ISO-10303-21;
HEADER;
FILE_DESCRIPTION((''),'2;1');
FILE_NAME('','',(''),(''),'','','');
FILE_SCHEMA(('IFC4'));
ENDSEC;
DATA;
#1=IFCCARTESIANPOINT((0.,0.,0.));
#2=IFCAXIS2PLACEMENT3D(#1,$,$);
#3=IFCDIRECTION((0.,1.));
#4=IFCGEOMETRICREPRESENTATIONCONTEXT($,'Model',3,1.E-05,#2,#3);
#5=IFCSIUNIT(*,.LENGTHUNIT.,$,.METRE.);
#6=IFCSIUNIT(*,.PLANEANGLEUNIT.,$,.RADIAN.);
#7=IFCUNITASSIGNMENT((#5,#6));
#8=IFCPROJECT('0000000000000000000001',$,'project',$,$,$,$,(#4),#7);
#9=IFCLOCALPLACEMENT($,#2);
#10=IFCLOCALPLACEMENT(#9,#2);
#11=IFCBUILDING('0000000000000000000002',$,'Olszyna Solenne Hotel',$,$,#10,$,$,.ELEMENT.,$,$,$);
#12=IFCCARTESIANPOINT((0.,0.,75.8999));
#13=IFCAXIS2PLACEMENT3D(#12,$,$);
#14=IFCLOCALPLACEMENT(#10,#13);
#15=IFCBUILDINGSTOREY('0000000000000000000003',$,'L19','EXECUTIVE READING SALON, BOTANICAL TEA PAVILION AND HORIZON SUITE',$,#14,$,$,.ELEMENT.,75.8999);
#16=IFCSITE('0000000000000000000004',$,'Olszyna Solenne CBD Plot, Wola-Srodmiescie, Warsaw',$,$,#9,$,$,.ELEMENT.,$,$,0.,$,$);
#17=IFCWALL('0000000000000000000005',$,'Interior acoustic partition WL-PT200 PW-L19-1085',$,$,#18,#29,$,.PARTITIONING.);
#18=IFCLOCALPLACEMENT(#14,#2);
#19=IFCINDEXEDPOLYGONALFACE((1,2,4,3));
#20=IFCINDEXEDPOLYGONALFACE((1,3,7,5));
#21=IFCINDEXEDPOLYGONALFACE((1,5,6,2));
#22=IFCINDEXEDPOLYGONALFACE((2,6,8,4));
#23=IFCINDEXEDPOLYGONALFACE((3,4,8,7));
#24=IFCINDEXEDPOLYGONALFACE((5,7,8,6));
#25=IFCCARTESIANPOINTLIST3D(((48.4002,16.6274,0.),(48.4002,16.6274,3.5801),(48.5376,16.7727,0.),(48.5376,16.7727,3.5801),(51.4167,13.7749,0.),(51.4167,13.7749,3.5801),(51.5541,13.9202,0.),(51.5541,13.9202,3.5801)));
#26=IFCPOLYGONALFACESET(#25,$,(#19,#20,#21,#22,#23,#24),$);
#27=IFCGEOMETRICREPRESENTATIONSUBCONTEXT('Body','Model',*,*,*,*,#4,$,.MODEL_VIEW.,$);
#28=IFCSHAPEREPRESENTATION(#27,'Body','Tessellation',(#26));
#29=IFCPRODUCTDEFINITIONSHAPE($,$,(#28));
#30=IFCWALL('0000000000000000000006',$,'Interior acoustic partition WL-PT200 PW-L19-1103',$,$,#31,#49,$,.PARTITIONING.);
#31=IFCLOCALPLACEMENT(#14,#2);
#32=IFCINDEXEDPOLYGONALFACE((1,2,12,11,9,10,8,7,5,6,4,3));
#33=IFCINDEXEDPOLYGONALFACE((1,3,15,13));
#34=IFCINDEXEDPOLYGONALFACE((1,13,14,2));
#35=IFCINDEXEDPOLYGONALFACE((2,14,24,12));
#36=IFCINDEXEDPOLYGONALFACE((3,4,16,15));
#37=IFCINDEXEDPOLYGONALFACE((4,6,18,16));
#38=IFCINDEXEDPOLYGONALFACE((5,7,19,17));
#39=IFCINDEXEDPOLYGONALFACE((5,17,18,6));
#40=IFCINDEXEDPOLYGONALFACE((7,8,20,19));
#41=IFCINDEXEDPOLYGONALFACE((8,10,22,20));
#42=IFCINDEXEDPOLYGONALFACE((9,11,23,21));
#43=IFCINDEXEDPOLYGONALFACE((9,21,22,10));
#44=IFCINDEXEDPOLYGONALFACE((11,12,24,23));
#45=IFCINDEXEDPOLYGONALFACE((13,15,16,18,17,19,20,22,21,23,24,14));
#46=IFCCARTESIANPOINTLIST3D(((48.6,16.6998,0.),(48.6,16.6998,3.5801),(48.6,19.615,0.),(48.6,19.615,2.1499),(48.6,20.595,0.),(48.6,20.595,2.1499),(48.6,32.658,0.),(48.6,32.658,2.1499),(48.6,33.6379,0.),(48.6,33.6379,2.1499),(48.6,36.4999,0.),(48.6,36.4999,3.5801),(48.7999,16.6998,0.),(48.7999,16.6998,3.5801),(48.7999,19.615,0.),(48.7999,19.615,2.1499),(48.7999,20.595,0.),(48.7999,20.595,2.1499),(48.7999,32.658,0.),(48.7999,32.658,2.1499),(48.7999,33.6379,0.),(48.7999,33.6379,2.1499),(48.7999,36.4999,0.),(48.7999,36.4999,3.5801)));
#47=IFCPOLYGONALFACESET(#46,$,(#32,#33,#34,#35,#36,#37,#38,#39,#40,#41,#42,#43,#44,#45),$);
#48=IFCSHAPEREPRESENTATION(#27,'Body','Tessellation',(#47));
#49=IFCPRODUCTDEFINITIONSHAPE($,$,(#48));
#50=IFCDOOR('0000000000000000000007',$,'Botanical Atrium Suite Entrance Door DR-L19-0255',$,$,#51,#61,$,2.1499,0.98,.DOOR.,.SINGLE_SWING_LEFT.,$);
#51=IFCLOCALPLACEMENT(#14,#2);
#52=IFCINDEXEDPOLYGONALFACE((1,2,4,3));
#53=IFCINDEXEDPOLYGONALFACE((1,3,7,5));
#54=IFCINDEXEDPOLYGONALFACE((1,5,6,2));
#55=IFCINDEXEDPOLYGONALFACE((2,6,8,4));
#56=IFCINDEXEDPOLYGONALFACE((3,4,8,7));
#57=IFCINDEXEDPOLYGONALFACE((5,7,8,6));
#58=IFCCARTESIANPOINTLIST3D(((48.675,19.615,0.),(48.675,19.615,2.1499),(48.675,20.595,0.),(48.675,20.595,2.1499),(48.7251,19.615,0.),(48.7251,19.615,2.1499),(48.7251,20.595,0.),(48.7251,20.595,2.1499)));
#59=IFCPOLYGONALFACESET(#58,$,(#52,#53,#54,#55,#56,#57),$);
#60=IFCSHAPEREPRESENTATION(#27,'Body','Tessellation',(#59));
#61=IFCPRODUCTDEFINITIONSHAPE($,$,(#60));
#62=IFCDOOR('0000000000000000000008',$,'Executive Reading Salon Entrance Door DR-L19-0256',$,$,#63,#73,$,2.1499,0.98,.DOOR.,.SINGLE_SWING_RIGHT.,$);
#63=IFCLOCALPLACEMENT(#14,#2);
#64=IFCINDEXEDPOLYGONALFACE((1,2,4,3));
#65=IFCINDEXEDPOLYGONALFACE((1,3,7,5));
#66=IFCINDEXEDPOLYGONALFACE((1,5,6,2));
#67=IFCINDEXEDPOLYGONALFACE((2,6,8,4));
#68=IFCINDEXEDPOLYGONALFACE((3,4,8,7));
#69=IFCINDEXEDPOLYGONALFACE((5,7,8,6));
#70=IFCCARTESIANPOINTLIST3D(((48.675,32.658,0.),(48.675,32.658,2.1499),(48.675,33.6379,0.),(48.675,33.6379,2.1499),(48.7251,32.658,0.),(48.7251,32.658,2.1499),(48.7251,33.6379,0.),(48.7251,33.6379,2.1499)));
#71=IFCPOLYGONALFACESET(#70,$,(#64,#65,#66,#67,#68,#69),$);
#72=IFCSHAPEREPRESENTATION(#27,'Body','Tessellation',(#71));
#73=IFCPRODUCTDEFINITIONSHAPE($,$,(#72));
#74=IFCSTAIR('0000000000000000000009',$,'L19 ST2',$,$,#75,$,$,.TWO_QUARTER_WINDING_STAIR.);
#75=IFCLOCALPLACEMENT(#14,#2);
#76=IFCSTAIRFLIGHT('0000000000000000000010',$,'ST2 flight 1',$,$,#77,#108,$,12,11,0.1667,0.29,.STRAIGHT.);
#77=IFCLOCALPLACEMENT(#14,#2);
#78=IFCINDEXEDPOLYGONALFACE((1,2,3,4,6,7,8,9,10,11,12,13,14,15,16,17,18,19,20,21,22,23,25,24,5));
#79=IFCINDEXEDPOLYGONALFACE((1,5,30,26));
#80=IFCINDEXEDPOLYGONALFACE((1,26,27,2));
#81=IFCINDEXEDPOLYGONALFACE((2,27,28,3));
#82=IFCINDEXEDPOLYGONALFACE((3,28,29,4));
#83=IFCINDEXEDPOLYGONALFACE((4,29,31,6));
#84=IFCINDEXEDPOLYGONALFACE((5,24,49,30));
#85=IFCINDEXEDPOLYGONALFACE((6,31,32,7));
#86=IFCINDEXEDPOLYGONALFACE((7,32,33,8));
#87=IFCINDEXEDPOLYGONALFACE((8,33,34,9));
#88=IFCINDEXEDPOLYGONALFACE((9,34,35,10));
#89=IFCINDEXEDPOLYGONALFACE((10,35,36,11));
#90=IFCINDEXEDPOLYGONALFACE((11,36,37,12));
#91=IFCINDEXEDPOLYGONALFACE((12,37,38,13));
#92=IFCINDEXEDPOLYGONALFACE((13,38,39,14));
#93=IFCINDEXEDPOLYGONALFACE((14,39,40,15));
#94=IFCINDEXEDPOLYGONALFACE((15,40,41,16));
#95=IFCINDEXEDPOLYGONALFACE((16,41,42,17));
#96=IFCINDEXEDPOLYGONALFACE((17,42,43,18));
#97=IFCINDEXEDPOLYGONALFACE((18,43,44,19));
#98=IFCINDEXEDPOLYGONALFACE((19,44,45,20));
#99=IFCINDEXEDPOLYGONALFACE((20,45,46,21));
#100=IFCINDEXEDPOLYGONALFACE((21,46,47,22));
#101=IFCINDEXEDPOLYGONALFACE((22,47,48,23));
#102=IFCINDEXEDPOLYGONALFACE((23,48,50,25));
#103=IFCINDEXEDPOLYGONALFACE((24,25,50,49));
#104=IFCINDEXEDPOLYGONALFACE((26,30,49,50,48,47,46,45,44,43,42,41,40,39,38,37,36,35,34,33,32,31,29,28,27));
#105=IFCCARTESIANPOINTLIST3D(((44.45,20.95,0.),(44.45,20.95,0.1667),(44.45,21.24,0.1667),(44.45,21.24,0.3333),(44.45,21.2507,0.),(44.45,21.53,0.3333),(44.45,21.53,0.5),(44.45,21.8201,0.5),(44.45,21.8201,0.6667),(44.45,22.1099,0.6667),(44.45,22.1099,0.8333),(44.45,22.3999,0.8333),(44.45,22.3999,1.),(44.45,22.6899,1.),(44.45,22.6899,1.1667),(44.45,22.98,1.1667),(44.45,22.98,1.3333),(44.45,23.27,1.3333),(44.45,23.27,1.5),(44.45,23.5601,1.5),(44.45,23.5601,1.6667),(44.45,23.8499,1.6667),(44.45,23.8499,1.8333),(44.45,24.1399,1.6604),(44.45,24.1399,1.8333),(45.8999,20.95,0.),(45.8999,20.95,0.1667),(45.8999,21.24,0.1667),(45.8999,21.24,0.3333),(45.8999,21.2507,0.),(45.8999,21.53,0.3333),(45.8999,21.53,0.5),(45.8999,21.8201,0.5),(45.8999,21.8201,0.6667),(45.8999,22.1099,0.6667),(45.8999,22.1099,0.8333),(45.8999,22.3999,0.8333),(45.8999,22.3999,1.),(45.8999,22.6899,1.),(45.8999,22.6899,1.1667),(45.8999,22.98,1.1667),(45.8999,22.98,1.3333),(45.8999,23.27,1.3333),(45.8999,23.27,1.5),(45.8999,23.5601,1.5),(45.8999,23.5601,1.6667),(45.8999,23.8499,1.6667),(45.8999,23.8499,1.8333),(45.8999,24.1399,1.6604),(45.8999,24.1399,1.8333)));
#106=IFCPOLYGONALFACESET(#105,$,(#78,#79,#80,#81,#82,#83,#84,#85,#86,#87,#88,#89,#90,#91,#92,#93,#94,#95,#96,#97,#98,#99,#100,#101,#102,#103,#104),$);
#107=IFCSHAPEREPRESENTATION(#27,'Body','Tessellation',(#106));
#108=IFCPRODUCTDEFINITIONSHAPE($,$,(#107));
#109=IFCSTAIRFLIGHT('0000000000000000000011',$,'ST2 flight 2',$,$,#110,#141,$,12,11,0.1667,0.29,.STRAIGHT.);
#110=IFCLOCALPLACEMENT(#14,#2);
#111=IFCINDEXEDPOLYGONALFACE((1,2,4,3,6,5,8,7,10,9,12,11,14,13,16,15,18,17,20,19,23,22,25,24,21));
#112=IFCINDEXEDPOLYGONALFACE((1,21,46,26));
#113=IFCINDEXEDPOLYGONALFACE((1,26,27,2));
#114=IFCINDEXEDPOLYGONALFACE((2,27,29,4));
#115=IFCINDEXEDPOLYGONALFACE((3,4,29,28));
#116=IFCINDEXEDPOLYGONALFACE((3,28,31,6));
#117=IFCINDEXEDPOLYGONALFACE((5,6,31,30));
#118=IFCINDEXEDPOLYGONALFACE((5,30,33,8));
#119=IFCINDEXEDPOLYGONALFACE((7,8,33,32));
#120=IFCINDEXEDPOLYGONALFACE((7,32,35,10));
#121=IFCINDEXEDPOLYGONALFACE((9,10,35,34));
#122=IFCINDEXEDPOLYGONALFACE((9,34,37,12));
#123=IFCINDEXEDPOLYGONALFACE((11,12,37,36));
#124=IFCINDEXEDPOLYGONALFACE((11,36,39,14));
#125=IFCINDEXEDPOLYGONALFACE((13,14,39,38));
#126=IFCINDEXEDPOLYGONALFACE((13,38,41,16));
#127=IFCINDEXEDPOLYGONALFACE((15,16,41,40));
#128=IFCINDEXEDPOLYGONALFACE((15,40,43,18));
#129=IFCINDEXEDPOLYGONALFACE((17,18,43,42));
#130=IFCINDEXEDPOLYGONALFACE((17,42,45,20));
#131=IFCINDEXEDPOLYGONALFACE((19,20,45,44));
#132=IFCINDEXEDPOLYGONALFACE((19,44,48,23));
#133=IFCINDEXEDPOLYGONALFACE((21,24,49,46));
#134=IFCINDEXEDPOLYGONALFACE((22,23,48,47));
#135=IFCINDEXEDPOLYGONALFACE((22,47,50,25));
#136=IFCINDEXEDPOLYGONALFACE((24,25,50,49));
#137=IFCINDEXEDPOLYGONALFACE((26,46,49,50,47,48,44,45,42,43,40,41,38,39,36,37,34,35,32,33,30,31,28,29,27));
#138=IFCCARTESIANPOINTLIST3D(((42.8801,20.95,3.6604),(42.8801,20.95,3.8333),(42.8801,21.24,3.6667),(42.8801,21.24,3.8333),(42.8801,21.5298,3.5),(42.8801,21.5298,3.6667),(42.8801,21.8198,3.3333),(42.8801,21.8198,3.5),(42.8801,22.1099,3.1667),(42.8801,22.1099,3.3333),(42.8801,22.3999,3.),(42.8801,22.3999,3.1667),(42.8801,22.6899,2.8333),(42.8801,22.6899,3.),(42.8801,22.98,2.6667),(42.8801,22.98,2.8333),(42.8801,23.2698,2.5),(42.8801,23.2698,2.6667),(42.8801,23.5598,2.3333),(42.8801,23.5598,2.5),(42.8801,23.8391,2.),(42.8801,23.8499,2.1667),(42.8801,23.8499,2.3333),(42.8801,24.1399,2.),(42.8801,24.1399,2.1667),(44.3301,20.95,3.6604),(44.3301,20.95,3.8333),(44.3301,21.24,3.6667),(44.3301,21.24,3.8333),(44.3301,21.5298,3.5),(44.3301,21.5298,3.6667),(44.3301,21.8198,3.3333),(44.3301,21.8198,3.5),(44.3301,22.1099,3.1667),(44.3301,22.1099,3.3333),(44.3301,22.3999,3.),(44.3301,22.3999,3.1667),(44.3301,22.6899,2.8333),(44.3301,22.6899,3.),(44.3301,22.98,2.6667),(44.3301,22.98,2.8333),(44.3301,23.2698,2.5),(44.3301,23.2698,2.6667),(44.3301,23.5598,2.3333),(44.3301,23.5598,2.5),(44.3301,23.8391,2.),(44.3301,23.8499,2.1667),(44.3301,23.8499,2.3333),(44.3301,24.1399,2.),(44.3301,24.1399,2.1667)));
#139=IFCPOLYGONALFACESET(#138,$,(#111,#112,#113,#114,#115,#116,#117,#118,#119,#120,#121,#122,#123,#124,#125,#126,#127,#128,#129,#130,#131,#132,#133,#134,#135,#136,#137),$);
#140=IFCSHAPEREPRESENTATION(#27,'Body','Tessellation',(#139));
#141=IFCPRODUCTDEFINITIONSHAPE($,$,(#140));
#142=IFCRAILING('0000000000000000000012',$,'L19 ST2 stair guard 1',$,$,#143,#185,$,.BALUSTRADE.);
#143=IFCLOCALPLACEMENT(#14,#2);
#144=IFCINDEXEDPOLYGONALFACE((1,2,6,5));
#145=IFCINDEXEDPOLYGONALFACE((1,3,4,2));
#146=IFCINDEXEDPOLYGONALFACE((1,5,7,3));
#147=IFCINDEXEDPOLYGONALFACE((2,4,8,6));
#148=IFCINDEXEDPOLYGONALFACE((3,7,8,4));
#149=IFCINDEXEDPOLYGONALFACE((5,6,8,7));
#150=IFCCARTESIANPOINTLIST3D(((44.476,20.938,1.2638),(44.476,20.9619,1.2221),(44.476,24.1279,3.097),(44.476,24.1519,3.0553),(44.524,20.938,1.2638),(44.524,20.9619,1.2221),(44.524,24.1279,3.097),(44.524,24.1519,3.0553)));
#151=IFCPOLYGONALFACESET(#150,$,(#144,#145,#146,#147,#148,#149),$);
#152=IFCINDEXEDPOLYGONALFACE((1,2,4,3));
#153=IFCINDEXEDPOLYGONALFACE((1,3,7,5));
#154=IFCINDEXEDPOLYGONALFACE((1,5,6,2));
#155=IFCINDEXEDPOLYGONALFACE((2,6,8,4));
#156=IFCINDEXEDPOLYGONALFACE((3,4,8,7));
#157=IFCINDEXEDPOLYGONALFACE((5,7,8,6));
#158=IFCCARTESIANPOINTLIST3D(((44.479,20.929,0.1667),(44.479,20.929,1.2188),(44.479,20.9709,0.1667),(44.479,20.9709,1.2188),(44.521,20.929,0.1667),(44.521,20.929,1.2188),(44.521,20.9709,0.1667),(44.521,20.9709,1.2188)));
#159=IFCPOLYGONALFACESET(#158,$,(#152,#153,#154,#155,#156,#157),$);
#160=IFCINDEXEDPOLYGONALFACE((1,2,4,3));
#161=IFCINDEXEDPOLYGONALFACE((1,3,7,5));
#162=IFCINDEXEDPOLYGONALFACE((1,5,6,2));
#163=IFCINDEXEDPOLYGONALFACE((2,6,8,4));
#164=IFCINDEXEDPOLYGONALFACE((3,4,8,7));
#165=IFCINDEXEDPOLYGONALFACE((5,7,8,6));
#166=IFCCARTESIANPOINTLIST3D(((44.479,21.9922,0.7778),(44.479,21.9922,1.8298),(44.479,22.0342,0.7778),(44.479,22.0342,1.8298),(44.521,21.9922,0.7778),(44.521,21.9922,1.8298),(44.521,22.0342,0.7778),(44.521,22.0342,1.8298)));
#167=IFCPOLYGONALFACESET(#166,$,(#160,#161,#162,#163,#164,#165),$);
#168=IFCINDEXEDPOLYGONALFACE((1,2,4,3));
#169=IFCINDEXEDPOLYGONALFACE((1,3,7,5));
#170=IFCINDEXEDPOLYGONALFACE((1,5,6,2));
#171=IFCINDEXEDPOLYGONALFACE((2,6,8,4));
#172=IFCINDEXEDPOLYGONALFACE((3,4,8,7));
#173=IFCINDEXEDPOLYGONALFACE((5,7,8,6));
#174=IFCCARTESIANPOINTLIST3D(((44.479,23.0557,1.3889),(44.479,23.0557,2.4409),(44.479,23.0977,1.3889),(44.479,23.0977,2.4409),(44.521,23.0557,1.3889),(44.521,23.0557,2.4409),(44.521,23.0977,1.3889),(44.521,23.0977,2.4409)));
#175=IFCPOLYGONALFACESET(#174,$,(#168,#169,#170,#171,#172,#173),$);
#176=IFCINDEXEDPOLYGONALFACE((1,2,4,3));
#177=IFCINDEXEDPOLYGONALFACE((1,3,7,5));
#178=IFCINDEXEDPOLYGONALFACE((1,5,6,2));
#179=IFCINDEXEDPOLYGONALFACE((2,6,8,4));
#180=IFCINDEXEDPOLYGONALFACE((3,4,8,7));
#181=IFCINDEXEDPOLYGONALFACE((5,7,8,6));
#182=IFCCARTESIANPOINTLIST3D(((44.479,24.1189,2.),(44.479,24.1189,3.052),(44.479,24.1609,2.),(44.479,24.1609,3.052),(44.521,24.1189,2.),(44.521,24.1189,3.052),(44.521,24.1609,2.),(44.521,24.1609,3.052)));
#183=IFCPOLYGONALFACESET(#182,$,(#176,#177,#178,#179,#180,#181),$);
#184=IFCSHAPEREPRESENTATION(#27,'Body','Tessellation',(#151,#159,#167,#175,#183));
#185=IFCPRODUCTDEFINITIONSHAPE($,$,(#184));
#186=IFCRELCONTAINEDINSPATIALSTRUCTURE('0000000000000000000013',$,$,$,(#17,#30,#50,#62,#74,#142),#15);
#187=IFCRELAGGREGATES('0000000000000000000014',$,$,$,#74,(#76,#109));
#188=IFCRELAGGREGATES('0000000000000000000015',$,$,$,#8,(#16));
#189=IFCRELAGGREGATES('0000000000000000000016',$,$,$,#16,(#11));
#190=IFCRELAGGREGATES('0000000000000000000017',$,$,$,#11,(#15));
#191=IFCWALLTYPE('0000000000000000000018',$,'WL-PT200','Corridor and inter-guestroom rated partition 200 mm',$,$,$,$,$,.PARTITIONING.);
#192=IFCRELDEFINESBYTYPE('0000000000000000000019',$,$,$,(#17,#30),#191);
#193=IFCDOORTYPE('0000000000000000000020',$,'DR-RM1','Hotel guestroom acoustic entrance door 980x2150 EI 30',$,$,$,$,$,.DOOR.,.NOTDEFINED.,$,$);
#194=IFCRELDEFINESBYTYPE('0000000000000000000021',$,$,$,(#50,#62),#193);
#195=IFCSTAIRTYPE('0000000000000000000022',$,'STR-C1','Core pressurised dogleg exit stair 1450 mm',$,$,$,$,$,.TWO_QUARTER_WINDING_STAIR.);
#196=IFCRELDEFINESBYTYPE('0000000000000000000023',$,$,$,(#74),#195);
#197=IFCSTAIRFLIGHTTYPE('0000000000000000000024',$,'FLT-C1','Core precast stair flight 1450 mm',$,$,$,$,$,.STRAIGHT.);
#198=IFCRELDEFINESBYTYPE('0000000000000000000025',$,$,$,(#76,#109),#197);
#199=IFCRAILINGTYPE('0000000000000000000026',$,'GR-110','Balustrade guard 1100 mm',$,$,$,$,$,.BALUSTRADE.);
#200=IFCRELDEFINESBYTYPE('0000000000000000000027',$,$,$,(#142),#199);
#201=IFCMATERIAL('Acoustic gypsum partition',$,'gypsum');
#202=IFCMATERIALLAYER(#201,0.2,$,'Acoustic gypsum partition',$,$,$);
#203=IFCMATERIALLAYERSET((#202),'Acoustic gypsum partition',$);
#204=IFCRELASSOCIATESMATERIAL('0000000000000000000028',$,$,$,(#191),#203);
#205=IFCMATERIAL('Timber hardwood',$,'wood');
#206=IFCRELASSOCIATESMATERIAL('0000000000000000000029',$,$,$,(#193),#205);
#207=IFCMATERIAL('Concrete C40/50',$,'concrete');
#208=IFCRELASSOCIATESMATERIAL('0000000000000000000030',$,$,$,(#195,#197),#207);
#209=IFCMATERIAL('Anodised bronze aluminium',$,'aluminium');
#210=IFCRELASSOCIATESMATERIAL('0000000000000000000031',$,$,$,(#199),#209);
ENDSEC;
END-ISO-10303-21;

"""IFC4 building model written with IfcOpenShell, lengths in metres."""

from ifc_helpers import new_model, si_unit, direction, frame, frame_2d, origin, origin_2d, place, context, subcontext, project, spatial, polyline, rectangle, outline, extrude, source, transform, mapped, material, layer, layer_set, type_object, type_shapes, element, fill, aggregate, save


model = new_model("IFC4")

# Units and contexts
model_context = context("Model", 3, precision=1e-05, world=origin(), true_north=direction((0.0, 1.0)))
body_context = subcontext(model_context, "Body", "Model", "MODEL_VIEW")
ifc_project = project(units=[si_unit("LENGTHUNIT", "METRE"), si_unit("PLANEANGLEUNIT", "RADIAN")], contexts=[model_context])

# Site, building, storey
site_placement = place(None, origin())
site = spatial("IfcSite", under=ifc_project, at=site_placement, Name="Olszyna Solenne CBD Plot, Wola-Srodmiescie, Warsaw", CompositionType="ELEMENT", RefElevation=0.0)
building_placement = place(site_placement, origin())
building = spatial("IfcBuilding", under=site, at=building_placement, Name="Olszyna Solenne Hotel", CompositionType="ELEMENT")
storey_placement = place(building_placement, frame((0.0, 0.0, 75.8999)))
storey = spatial("IfcBuildingStorey", under=building, at=storey_placement, Name="L19", Description="EXECUTIVE READING SALON, BOTANICAL TEA PAVILION AND HORIZON SUITE", CompositionType="ELEMENT", Elevation=75.8999)

# Shared definitions
ifc_material_1 = material(Name="Anodised bronze aluminium", Category="aluminium")

# Shared definitions
ifc_material_2 = material(Name="Acoustic gypsum partition", Category="gypsum")
ifc_material_3 = material(Name="Timber hardwood", Category="wood")

# Wall
ifc_layer_1 = layer(ifc_material_2, 0.2, Name="Acoustic gypsum partition")
ifc_layer_set_1 = layer_set([ifc_layer_1], Name="Acoustic gypsum partition")
wall_type_1 = type_object("IfcWallType", Name="WL-PT200", Description="Corridor and inter-guestroom rated partition 200 mm", PredefinedType="PARTITIONING", material=ifc_layer_set_1)
wall_1_placement = place(storey_placement, frame((48.469, 16.7, 0.0), z_axis=(0.0, 0.0, 1.0), x_axis=(0.726589, -0.687072, 0.0)))
element("IfcWall", 1, at=wall_1_placement, inside=storey, type_object=wall_type_1, Name="Interior acoustic partition WL-PT200 PW-L19-1085", PredefinedType="PARTITIONING", context=body_context, shape_type="SweptSolid", body=[
    extrude(rectangle(XDim=4.1516, YDim=0.2, at=frame_2d((2.0757, 0.0))), origin(), (0.0, 0.0, 1.0), 3.5801),
])

# Wall, openings, doors
wall_2_placement = place(storey_placement, frame((48.7, 16.7, 0.0), z_axis=(0.0, 0.0, 1.0), x_axis=(0.0, 1.0, 0.0)))
wall_2 = element("IfcWall", 2, at=wall_2_placement, inside=storey, type_object=wall_type_1, Name="Interior acoustic partition WL-PT200 PW-L19-1103", PredefinedType="PARTITIONING", context=body_context, shape_type="SweptSolid", body=[
    extrude(rectangle(XDim=19.8, YDim=0.2, at=frame_2d((9.8999, 0.0))), origin(), (0.0, 0.0, 1.0), 3.5801),
])
opening_1_placement = place(wall_2_placement, frame((2.915, 0.0, 0.0)))
opening_1 = element("IfcOpeningElement", 3, at=opening_1_placement, cuts=wall_2, PredefinedType="OPENING", context=body_context, shape_type="SweptSolid", body=[
    extrude(rectangle(XDim=0.98, YDim=2.1499, at=frame_2d((0.49, 1.075))), frame((0.0, 0.1099, 0.0), z_axis=(0.0, -1.0, 0.0), x_axis=(1.0, 0.0, 0.0)), (0.0, 0.0, 1.0), 0.22),
])
opening_2_placement = place(wall_2_placement, frame((15.958, 0.0, 0.0)))
opening_2 = element("IfcOpeningElement", 4, at=opening_2_placement, cuts=wall_2, PredefinedType="OPENING", context=body_context, shape_type="SweptSolid", body=[
    extrude(rectangle(XDim=0.98, YDim=2.1499, at=frame_2d((0.49, 1.075))), frame((0.0, 0.1099, 0.0), z_axis=(0.0, -1.0, 0.0), x_axis=(1.0, 0.0, 0.0)), (0.0, 0.0, 1.0), 0.22),
])
door_type_1 = type_object("IfcDoorType", Name="DR-RM1", Description="Hotel guestroom acoustic entrance door 980x2150 EI 30", OperationType="NOTDEFINED", PredefinedType="DOOR", material=ifc_material_3)
shared_shape_1 = source(origin(), body_context, "Body", "SweptSolid", [
    extrude(rectangle(XDim=0.98, YDim=2.1499, at=frame_2d((0.49, 1.075))), frame((0.0, 0.0249, 0.0), z_axis=(0.0, -1.0, 0.0), x_axis=(1.0, 0.0, 0.0)), (0.0, 0.0, 1.0), 0.05),
])
type_shapes(door_type_1, [shared_shape_1])
door_1_placement = place(opening_1_placement, origin())
door_1 = element("IfcDoor", 5, at=door_1_placement, inside=storey, type_object=door_type_1, Name="Botanical Atrium Suite Entrance Door DR-L19-0255", OperationType="SINGLE_SWING_LEFT", OverallHeight=2.1499, OverallWidth=0.98, PredefinedType="DOOR", context=body_context, shape_type="MappedRepresentation", body=[
    mapped(shared_shape_1, transform((0.0, 0.0, 0.0), x_axis=(1.0, 0.0, 0.0), y_axis=(0.0, 1.0, 0.0), z_axis=(0.0, 0.0, 1.0), scale=1.0)),
])
fill(opening_1, door_1)
door_2_placement = place(opening_2_placement, origin())
door_2 = element("IfcDoor", 6, at=door_2_placement, inside=storey, type_object=door_type_1, Name="Executive Reading Salon Entrance Door DR-L19-0256", OperationType="SINGLE_SWING_RIGHT", OverallHeight=2.1499, OverallWidth=0.98, PredefinedType="DOOR", context=body_context, shape_type="MappedRepresentation", body=[
    mapped(shared_shape_1, transform((0.0, 0.0, 0.0), x_axis=(1.0, 0.0, 0.0), y_axis=(0.0, 1.0, 0.0), z_axis=(0.0, 0.0, 1.0), scale=1.0)),
])
fill(opening_2, door_2)

# Stair, stair flights
ifc_material_4 = material(Name="Concrete C40/50", Category="concrete")
stair_type = type_object("IfcStairType", Name="STR-C1", Description="Core pressurised dogleg exit stair 1450 mm", PredefinedType="TWO_QUARTER_WINDING_STAIR", material=ifc_material_4)
stair_placement = place(storey_placement, origin())
stair = element("IfcStair", 7, at=stair_placement, inside=storey, type_object=stair_type, Name="L19 ST2", PredefinedType="TWO_QUARTER_WINDING_STAIR")
stair_flight_type = type_object("IfcStairFlightType", Name="FLT-C1", Description="Core precast stair flight 1450 mm", PredefinedType="STRAIGHT", material=ifc_material_4)
stair_flight_1_placement = place(storey_placement, frame((45.175, 20.95, 0.0), z_axis=(0.0, 0.0, 1.0), x_axis=(0.0, 1.0, 0.0)))
stair_flight_1 = element("IfcStairFlight", 8, at=stair_flight_1_placement, type_object=stair_flight_type, Name="ST2 flight 1", NumberOfRisers=12, NumberOfTreads=11, PredefinedType="STRAIGHT", RiserHeight=0.1667, TreadLength=0.29, context=body_context, shape_type="SweptSolid", body=[
    extrude(outline(polyline([(0.0, 0.0), (0.0, 0.1667), (0.29, 0.1667), (0.29, 0.3333), (0.5801, 0.3333), (0.5801, 0.5), (0.8701, 0.5), (0.8701, 0.6667), (1.1599, 0.6667), (1.1599, 0.8333), (1.45, 0.8333), (1.45, 1.0), (1.74, 1.0), (1.74, 1.1667), (2.03, 1.1667), (2.03, 1.3333), (2.3201, 1.3333), (2.3201, 1.5), (2.6101, 1.5), (2.6101, 1.6667), (2.8999, 1.6667), (2.8999, 1.8333), (3.1899, 1.8333), (3.1899, 2.0), (3.1899, 1.6604), (0.3008, 0.0), (0.0, 0.0)])), frame((0.0, 0.7251, 0.0), z_axis=(0.0, -1.0, 0.0), x_axis=(1.0, 0.0, 0.0)), (0.0, 0.0, 1.0), 1.45),
])
stair_flight_2_placement = place(storey_placement, frame((43.605, 24.1399, 2.0), z_axis=(0.0, 0.0, 1.0), x_axis=(0.0, -1.0, 0.0)))
stair_flight_2 = element("IfcStairFlight", 9, at=stair_flight_2_placement, type_object=stair_flight_type, Name="ST2 flight 2", NumberOfRisers=12, NumberOfTreads=11, PredefinedType="STRAIGHT", RiserHeight=0.1667, TreadLength=0.29, context=body_context, shape_type="SweptSolid", body=[
    extrude(outline(polyline([(0.0, 0.0), (0.0, 0.1667), (0.29, 0.1667), (0.29, 0.3333), (0.5801, 0.3333), (0.5801, 0.5), (0.8701, 0.5), (0.8701, 0.6667), (1.1599, 0.6667), (1.1599, 0.8333), (1.45, 0.8333), (1.45, 1.0), (1.74, 1.0), (1.74, 1.1667), (2.03, 1.1667), (2.03, 1.3333), (2.3201, 1.3333), (2.3201, 1.5), (2.6101, 1.5), (2.6101, 1.6667), (2.8999, 1.6667), (2.8999, 1.8333), (3.1899, 1.8333), (3.1899, 2.0), (3.1899, 1.6604), (0.3008, 0.0), (0.0, 0.0)])), frame((0.0, 0.7251, 0.0), z_axis=(0.0, -1.0, 0.0), x_axis=(1.0, 0.0, 0.0)), (0.0, 0.0, 1.0), 1.45),
])
aggregate(stair, [stair_flight_1, stair_flight_2])

# Railing
railing_type_1 = type_object("IfcRailingType", Name="GR-110", Description="Balustrade guard 1100 mm", PredefinedType="BALUSTRADE", material=ifc_material_1)
railing_1_placement = place(storey_placement, frame((44.5, 20.95, 0.1667)))
element("IfcRailing", 10, at=railing_1_placement, inside=storey, type_object=railing_type_1, Name="L19 ST2 stair guard 1", PredefinedType="BALUSTRADE", context=body_context, shape_type="SweptSolid", body=[
    extrude(rectangle(XDim=0.0481, YDim=0.0481, at=origin_2d()), frame((0.0, 0.0, 1.0762), z_axis=(0.0, 0.86702, 0.498274), x_axis=(-1.0, 0.0, 0.0)), (0.0, 0.0, 1.0), 3.6792),
    extrude(rectangle(XDim=0.042, YDim=0.042, at=origin_2d()), origin(), (0.0, 0.0, 1.0), 1.052),
    extrude(rectangle(XDim=0.042, YDim=0.042, at=origin_2d()), frame((0.0, 1.0632, 0.6111)), (0.0, 0.0, 1.0), 1.052),
    extrude(rectangle(XDim=0.042, YDim=0.042, at=origin_2d()), frame((0.0, 2.1267, 1.2222)), (0.0, 0.0, 1.0), 1.052),
    extrude(rectangle(XDim=0.042, YDim=0.042, at=origin_2d()), frame((0.0, 3.1899, 1.8333)), (0.0, 0.0, 1.0), 1.052),
])

save(model, "model.ifc")
